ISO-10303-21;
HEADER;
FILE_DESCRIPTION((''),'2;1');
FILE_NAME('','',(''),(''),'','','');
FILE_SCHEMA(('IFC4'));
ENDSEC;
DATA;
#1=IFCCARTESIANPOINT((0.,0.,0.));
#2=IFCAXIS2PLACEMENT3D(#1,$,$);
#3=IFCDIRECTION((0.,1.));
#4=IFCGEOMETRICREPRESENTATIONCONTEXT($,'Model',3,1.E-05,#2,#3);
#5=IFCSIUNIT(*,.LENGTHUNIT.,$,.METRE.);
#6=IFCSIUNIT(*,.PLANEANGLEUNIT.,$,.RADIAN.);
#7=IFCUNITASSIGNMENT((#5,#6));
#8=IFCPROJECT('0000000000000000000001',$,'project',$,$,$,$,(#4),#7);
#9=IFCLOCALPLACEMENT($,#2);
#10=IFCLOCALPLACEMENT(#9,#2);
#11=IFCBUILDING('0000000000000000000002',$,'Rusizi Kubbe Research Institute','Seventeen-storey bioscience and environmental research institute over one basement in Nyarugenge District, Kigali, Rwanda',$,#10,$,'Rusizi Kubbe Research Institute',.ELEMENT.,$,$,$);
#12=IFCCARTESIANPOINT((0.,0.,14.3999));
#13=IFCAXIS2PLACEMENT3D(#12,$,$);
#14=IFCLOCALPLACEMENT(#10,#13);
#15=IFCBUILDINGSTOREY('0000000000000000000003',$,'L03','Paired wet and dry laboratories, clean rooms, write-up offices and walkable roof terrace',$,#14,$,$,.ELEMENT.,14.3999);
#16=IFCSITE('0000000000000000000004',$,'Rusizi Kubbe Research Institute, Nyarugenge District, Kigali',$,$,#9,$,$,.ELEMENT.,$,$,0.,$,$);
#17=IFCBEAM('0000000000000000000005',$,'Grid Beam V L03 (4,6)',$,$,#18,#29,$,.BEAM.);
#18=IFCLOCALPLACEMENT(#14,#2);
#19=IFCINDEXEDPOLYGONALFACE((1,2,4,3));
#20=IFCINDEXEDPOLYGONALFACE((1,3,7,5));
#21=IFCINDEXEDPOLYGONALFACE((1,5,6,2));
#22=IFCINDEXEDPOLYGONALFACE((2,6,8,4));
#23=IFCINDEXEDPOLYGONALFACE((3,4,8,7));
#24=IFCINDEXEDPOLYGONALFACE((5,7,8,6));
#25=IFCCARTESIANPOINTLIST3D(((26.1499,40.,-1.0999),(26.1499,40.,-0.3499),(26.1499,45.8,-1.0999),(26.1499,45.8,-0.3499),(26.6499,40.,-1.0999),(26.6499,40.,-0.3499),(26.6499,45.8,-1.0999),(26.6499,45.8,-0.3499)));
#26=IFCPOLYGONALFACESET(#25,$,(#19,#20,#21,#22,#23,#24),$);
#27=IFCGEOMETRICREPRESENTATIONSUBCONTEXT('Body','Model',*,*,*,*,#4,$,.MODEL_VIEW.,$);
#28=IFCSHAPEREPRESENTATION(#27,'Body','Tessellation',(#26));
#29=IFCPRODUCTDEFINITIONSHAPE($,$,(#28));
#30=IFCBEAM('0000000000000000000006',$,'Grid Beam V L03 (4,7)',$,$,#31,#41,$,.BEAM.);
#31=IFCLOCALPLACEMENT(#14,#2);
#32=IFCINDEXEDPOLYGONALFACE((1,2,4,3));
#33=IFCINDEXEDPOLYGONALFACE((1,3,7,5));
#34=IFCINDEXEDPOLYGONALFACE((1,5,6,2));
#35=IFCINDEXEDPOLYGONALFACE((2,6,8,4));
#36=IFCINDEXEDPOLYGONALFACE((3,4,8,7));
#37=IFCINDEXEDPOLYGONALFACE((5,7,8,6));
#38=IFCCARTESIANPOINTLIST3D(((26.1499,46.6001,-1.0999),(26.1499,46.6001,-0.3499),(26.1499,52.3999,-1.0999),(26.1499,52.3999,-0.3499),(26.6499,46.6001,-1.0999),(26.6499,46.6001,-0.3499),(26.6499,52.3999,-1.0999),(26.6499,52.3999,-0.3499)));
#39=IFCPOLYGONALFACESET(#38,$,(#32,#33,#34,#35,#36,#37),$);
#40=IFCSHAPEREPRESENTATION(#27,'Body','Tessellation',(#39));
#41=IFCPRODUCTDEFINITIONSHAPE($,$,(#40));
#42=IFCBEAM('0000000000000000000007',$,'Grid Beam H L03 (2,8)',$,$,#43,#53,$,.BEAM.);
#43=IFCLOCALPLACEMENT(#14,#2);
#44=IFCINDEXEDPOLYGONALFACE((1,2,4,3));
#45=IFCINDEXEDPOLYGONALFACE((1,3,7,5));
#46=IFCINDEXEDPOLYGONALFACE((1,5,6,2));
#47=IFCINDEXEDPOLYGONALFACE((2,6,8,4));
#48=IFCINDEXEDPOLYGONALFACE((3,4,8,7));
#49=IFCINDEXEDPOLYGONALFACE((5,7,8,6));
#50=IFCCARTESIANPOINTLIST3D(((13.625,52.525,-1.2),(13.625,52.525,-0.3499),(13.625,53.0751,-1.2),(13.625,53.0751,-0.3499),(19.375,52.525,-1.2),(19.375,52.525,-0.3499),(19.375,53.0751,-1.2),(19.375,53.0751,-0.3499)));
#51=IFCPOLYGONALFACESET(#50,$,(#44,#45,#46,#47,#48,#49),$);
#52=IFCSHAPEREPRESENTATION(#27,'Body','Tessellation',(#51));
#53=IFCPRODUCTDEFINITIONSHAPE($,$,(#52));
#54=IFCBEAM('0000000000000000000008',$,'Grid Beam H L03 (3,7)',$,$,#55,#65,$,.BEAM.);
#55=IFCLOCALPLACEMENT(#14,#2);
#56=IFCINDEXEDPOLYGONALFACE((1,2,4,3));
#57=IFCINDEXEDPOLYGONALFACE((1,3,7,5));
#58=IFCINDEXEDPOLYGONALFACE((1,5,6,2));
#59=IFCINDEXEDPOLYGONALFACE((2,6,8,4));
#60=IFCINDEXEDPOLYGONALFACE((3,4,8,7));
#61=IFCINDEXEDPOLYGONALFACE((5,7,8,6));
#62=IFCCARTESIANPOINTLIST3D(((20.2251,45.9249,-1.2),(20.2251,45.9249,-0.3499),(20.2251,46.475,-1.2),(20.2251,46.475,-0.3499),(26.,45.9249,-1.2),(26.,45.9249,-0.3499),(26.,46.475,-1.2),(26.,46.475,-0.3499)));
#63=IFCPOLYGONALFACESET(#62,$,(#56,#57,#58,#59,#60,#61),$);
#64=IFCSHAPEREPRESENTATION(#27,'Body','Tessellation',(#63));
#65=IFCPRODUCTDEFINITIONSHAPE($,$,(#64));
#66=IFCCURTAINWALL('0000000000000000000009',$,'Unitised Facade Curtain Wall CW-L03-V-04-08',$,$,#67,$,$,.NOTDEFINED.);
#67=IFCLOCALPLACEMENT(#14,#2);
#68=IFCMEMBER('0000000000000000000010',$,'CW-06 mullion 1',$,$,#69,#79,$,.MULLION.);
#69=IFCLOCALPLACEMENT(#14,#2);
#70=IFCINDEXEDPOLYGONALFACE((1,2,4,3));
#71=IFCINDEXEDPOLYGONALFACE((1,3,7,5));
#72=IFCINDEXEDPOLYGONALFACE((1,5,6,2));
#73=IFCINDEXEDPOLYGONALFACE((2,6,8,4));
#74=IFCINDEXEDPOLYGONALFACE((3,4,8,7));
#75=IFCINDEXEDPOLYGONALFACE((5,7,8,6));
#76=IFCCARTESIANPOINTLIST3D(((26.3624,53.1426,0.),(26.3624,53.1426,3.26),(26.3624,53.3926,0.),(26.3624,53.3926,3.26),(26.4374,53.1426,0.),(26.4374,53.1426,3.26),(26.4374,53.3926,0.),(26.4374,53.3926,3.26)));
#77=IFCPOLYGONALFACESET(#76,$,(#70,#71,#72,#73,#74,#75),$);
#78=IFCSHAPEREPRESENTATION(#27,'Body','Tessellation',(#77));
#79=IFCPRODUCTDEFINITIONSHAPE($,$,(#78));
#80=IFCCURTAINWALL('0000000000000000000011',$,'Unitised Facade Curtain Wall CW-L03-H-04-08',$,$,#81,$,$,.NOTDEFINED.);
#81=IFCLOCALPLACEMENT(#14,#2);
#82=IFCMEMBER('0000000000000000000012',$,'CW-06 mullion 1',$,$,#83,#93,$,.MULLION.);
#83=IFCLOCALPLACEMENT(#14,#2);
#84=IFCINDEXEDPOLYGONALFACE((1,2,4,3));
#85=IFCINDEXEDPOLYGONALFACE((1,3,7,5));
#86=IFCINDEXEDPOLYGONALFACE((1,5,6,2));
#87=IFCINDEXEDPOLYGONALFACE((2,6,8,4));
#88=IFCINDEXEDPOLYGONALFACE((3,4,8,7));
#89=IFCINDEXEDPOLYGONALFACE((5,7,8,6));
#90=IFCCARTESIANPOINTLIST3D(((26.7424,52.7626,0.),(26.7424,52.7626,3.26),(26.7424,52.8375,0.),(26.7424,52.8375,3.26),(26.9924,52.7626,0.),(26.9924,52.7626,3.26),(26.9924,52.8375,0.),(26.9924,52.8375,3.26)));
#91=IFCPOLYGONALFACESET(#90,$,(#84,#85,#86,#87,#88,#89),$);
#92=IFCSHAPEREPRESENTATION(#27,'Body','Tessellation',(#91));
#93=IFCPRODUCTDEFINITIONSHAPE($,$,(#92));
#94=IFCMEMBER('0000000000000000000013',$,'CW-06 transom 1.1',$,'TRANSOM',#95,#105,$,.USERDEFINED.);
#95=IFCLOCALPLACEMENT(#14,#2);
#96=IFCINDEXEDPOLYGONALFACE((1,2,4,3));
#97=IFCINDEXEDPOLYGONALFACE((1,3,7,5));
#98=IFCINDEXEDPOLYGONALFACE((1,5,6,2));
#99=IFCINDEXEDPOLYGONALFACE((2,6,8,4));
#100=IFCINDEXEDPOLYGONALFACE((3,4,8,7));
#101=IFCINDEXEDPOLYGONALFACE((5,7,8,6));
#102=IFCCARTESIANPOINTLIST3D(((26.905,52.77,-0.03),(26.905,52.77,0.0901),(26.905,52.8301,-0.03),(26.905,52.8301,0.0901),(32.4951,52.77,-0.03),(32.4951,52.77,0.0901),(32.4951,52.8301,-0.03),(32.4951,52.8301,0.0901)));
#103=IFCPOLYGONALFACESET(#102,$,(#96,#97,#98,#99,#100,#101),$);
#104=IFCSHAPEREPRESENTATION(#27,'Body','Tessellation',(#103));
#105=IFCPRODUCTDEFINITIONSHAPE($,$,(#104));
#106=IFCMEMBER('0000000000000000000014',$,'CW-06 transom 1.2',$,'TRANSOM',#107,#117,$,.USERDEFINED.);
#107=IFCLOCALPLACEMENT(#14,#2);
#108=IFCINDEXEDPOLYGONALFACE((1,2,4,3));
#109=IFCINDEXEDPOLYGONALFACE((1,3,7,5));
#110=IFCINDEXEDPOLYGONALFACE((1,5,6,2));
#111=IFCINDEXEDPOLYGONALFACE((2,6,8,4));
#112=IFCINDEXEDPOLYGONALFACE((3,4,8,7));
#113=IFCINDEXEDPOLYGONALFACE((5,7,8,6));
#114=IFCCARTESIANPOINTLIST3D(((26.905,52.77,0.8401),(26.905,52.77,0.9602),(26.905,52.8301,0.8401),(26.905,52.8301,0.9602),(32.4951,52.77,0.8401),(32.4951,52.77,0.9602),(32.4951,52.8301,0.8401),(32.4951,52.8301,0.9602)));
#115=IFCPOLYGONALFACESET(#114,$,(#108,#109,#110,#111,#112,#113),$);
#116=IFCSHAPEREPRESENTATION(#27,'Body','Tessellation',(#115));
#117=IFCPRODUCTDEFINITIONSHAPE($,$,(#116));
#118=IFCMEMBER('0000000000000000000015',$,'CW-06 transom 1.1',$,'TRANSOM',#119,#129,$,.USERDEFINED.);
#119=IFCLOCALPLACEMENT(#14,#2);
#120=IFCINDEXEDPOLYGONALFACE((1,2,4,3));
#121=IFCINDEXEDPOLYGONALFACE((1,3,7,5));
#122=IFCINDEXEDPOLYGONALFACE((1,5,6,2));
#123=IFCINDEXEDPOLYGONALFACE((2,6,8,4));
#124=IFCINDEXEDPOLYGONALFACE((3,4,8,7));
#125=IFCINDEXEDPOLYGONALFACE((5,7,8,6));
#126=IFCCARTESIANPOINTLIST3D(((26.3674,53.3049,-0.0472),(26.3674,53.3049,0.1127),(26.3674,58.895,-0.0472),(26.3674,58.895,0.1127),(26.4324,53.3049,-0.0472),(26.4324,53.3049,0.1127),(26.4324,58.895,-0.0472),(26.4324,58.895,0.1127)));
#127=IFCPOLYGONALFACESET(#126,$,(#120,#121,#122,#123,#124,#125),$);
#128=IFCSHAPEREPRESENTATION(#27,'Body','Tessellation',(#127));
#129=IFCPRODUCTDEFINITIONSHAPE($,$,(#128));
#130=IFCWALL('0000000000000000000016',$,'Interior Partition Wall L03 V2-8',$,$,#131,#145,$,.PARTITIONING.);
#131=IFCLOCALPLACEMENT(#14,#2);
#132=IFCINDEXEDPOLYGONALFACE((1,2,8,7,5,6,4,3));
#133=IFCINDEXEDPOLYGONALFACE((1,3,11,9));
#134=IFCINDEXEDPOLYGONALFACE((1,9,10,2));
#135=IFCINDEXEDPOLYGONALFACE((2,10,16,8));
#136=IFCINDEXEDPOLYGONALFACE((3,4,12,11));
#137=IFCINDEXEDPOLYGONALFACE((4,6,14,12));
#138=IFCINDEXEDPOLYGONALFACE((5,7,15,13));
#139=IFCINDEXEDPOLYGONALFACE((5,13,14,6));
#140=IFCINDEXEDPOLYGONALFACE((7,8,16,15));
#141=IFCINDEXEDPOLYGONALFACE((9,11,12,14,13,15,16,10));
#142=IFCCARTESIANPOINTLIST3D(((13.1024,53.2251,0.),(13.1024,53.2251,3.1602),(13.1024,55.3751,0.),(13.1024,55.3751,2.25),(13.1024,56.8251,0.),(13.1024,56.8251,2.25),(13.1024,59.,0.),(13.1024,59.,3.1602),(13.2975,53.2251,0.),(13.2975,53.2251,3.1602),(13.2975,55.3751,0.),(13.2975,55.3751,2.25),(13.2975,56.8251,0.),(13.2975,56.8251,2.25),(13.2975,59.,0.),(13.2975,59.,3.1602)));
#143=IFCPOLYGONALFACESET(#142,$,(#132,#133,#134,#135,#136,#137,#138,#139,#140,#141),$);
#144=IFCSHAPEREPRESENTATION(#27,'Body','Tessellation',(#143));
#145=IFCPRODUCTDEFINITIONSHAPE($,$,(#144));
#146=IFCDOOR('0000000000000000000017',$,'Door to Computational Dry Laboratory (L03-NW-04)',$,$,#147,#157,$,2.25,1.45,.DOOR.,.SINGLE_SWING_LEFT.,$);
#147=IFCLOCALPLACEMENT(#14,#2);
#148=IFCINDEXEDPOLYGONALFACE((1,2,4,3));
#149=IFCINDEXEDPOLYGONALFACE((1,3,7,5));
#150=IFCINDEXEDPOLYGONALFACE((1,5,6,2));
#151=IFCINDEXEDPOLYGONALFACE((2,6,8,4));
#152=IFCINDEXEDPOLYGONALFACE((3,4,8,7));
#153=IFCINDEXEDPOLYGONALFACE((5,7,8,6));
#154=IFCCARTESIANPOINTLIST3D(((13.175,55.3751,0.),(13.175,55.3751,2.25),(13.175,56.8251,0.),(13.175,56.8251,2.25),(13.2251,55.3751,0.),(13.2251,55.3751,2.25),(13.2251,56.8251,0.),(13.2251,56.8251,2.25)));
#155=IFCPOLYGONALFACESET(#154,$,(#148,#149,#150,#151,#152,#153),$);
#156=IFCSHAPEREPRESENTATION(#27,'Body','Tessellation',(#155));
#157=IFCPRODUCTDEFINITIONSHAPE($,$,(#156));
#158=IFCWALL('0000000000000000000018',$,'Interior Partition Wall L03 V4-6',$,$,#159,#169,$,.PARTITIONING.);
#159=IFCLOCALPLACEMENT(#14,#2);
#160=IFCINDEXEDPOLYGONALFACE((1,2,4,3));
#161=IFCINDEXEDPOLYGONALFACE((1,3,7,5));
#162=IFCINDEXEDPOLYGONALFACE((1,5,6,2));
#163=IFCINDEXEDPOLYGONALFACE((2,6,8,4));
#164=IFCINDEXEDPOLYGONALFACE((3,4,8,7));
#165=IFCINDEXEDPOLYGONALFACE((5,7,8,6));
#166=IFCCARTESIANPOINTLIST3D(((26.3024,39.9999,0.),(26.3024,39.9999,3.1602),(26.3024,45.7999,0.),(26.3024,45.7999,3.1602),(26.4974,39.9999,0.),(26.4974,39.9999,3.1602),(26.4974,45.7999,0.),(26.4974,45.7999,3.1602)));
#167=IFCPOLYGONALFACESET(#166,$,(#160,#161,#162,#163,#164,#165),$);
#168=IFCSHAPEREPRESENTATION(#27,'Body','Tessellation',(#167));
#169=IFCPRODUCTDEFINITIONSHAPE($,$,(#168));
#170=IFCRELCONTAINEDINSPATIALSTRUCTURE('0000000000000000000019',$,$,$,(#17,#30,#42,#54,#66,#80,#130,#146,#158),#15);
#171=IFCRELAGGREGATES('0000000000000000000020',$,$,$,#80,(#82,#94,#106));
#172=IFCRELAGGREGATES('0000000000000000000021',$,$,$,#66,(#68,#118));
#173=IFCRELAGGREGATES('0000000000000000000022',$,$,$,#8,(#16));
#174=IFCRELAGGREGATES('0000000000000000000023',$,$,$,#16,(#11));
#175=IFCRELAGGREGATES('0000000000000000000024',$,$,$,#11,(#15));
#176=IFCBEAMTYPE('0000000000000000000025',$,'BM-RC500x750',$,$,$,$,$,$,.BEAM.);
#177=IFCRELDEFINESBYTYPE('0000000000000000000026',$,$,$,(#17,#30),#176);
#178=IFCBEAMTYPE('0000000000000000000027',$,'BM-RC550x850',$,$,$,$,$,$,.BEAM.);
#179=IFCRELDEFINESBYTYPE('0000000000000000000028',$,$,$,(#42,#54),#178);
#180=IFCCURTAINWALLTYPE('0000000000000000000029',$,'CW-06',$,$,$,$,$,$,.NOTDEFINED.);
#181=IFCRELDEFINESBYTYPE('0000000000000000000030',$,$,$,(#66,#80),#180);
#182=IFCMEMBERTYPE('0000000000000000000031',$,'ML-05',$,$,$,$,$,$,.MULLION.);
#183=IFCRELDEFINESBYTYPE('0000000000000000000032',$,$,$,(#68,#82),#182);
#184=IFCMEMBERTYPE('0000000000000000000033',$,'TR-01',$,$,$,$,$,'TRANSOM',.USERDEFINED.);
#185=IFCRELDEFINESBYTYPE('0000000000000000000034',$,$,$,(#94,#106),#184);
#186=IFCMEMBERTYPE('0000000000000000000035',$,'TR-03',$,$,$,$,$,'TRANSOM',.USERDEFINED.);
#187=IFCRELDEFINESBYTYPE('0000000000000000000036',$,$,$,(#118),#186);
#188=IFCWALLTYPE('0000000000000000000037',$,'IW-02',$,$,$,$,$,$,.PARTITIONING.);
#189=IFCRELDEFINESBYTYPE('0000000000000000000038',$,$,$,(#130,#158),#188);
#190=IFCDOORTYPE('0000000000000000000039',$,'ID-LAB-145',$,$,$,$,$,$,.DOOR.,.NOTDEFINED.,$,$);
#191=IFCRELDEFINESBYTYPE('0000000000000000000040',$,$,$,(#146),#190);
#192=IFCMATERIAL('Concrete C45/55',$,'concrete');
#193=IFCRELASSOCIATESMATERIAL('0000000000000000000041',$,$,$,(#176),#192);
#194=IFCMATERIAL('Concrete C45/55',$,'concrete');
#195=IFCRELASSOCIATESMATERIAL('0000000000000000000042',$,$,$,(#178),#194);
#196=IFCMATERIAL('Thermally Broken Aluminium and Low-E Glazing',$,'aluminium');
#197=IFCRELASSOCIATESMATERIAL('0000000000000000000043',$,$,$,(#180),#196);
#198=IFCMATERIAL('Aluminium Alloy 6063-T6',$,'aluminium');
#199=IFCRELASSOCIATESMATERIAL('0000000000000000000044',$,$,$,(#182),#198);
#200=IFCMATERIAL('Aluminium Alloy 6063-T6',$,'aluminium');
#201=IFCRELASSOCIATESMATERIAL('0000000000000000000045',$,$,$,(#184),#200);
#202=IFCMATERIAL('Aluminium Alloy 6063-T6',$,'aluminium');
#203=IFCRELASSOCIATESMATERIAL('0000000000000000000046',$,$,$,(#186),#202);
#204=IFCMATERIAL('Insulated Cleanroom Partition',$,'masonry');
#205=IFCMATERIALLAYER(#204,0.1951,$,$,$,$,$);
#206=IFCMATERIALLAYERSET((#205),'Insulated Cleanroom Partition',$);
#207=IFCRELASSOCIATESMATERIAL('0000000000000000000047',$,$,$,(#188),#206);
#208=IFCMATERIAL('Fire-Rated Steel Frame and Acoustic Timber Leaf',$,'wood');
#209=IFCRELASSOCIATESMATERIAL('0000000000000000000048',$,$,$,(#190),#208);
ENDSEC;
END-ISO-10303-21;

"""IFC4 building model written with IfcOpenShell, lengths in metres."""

from ifc_helpers import new_model, si_unit, direction, frame, frame_2d, origin, origin_2d, place, context, subcontext, project, spatial, rectangle, extrude, material, layer, layer_set, material_profile, profile_set, type_object, element, fill, aggregate, save


model = new_model("IFC4")

# Units and contexts
model_context = context("Model", 3, precision=1e-05, world=origin(), true_north=direction((0.0, 1.0)))
body_context = subcontext(model_context, "Body", "Model", "MODEL_VIEW")
ifc_project = project(units=[si_unit("LENGTHUNIT", "METRE"), si_unit("PLANEANGLEUNIT", "RADIAN")], contexts=[model_context])

# Site, building, storey
site_placement = place(None, origin())
site = spatial("IfcSite", under=ifc_project, at=site_placement, Name="Rusizi Kubbe Research Institute, Nyarugenge District, Kigali", CompositionType="ELEMENT", RefElevation=0.0)
building_placement = place(site_placement, origin())
building = spatial("IfcBuilding", under=site, at=building_placement, Name="Rusizi Kubbe Research Institute", Description="Seventeen-storey bioscience and environmental research institute over one basement in Nyarugenge District, Kigali, Rwanda", LongName="Rusizi Kubbe Research Institute", CompositionType="ELEMENT")
storey_placement = place(building_placement, frame((0.0, 0.0, 14.3999)))
storey = spatial("IfcBuildingStorey", under=building, at=storey_placement, Name="L03", Description="Paired wet and dry laboratories, clean rooms, write-up offices and walkable roof terrace", CompositionType="ELEMENT", Elevation=14.3999)

# Beams
ifc_material_1 = material(Name="Concrete C45/55", Category="concrete")
ifc_material_profile_1 = material_profile(ifc_material_1, rectangle(XDim=0.5, YDim=0.75, at=origin_2d()), Name="RC500x750B")
ifc_profile_set_1 = profile_set([ifc_material_profile_1], Name="Concrete C45/55")
beam_type_1 = type_object("IfcBeamType", Name="BM-RC500x750", PredefinedType="BEAM", material=ifc_profile_set_1)
beam_1_placement = place(storey_placement, frame((26.3999, 40.0, -0.7249), z_axis=(0.0, 1.0, 0.0), x_axis=(-1.0, 0.0, 0.0)))
element("IfcBeam", 1, at=beam_1_placement, inside=storey, type_object=beam_type_1, Name="Grid Beam V L03 (4,6)", PredefinedType="BEAM", context=body_context, shape_type="SweptSolid", body=[
    extrude(rectangle(XDim=0.5, YDim=0.75, at=origin_2d()), origin(), (0.0, 0.0, 1.0), 5.8),
])
beam_2_placement = place(storey_placement, frame((26.3999, 46.6001, -0.7249), z_axis=(0.0, 1.0, 0.0), x_axis=(-1.0, 0.0, 0.0)))
element("IfcBeam", 2, at=beam_2_placement, inside=storey, type_object=beam_type_1, Name="Grid Beam V L03 (4,7)", PredefinedType="BEAM", context=body_context, shape_type="SweptSolid", body=[
    extrude(rectangle(XDim=0.5, YDim=0.75, at=origin_2d()), origin(), (0.0, 0.0, 1.0), 5.7998),
])
ifc_material_2 = material(Name="Concrete C45/55", Category="concrete")
ifc_material_profile_2 = material_profile(ifc_material_2, rectangle(XDim=0.55, YDim=0.8501, at=origin_2d()), Name="RC550x850")
ifc_profile_set_2 = profile_set([ifc_material_profile_2], Name="Concrete C45/55")
beam_type_2 = type_object("IfcBeamType", Name="BM-RC550x850", PredefinedType="BEAM", material=ifc_profile_set_2)
beam_3_placement = place(storey_placement, frame((13.625, 52.8, -0.7749), z_axis=(1.0, 0.0, 0.0), x_axis=(0.0, 1.0, 0.0)))
element("IfcBeam", 3, at=beam_3_placement, inside=storey, type_object=beam_type_2, Name="Grid Beam H L03 (2,8)", PredefinedType="BEAM", context=body_context, shape_type="SweptSolid", body=[
    extrude(rectangle(XDim=0.55, YDim=0.8501, at=origin_2d()), origin(), (0.0, 0.0, 1.0), 5.75),
])
beam_4_placement = place(storey_placement, frame((20.2251, 46.2, -0.7749), z_axis=(1.0, 0.0, 0.0), x_axis=(0.0, 1.0, 0.0)))
element("IfcBeam", 4, at=beam_4_placement, inside=storey, type_object=beam_type_2, Name="Grid Beam H L03 (3,7)", PredefinedType="BEAM", context=body_context, shape_type="SweptSolid", body=[
    extrude(rectangle(XDim=0.55, YDim=0.8501, at=origin_2d()), origin(), (0.0, 0.0, 1.0), 5.7749),
])

# Curtain wall, member
ifc_material_3 = material(Name="Thermally Broken Aluminium and Low-E Glazing", Category="aluminium")
curtain_wall_type = type_object("IfcCurtainWallType", Name="CW-06", PredefinedType="NOTDEFINED", material=ifc_material_3)
curtain_wall_1_placement = place(storey_placement, origin())
curtain_wall_1 = element("IfcCurtainWall", 5, at=curtain_wall_1_placement, inside=storey, type_object=curtain_wall_type, Name="Unitised Facade Curtain Wall CW-L03-V-04-08", PredefinedType="NOTDEFINED")
ifc_material_4 = material(Name="Aluminium Alloy 6063-T6", Category="aluminium")
ifc_material_profile_3 = material_profile(ifc_material_4, rectangle(XDim=0.075, YDim=0.25, at=origin_2d()), Name="ALU-M 75x250")
ifc_profile_set_3 = profile_set([ifc_material_profile_3], Name="Aluminium Alloy 6063-T6")
member_type_1 = type_object("IfcMemberType", Name="ML-05", PredefinedType="MULLION", material=ifc_profile_set_3)
member_1_placement = place(storey_placement, frame((26.3999, 53.2676, 0.0), z_axis=(0.0, 0.0, 1.0), x_axis=(-1.0, 0.0, 0.0)))
member_1 = element("IfcMember", 6, at=member_1_placement, type_object=member_type_1, Name="CW-06 mullion 1", PredefinedType="MULLION", context=body_context, shape_type="SweptSolid", body=[
    extrude(rectangle(XDim=0.075, YDim=0.25, at=origin_2d()), origin(), (0.0, 0.0, 1.0), 3.26),
])

# Curtain wall, members
curtain_wall_2_placement = place(storey_placement, origin())
curtain_wall_2 = element("IfcCurtainWall", 7, at=curtain_wall_2_placement, inside=storey, type_object=curtain_wall_type, Name="Unitised Facade Curtain Wall CW-L03-H-04-08", PredefinedType="NOTDEFINED")
member_2_placement = place(storey_placement, frame((26.8674, 52.8, 0.0), z_axis=(0.0, 0.0, 1.0), x_axis=(0.0, 1.0, 0.0)))
member_2 = element("IfcMember", 8, at=member_2_placement, type_object=member_type_1, Name="CW-06 mullion 1", PredefinedType="MULLION", context=body_context, shape_type="SweptSolid", body=[
    extrude(rectangle(XDim=0.075, YDim=0.25, at=origin_2d()), origin(), (0.0, 0.0, 1.0), 3.26),
])
ifc_material_5 = material(Name="Aluminium Alloy 6063-T6", Category="aluminium")
ifc_material_profile_4 = material_profile(ifc_material_5, rectangle(XDim=0.0601, YDim=0.1201, at=origin_2d()), Name="ALU-T 60x120")
ifc_profile_set_4 = profile_set([ifc_material_profile_4], Name="Aluminium Alloy 6063-T6")
member_type_2 = type_object("IfcMemberType", Name="TR-01", ElementType="TRANSOM", PredefinedType="USERDEFINED", material=ifc_profile_set_4)
member_3_placement = place(storey_placement, frame((26.905, 52.8, 0.03), z_axis=(1.0, 0.0, 0.0), x_axis=(0.0, 1.0, 0.0)))
member_3 = element("IfcMember", 9, at=member_3_placement, type_object=member_type_2, Name="CW-06 transom 1.1", ObjectType="TRANSOM", PredefinedType="USERDEFINED", context=body_context, shape_type="SweptSolid", body=[
    extrude(rectangle(XDim=0.0601, YDim=0.1201, at=origin_2d()), origin(), (0.0, 0.0, 1.0), 5.5901),
])
member_4_placement = place(storey_placement, frame((26.905, 52.8, 0.9001), z_axis=(1.0, 0.0, 0.0), x_axis=(0.0, 1.0, 0.0)))
member_4 = element("IfcMember", 10, at=member_4_placement, type_object=member_type_2, Name="CW-06 transom 1.2", ObjectType="TRANSOM", PredefinedType="USERDEFINED", context=body_context, shape_type="SweptSolid", body=[
    extrude(rectangle(XDim=0.0601, YDim=0.1201, at=origin_2d()), origin(), (0.0, 0.0, 1.0), 5.5901),
])
aggregate(curtain_wall_2, [member_2, member_3, member_4])

# Member
ifc_material_6 = material(Name="Aluminium Alloy 6063-T6", Category="aluminium")
ifc_material_profile_5 = material_profile(ifc_material_6, rectangle(XDim=0.0649, YDim=0.1599, at=origin_2d()), Name="ALU-T 65x160")
ifc_profile_set_5 = profile_set([ifc_material_profile_5], Name="Aluminium Alloy 6063-T6")
member_type_3 = type_object("IfcMemberType", Name="TR-03", ElementType="TRANSOM", PredefinedType="USERDEFINED", material=ifc_profile_set_5)
member_5_placement = place(storey_placement, frame((26.3999, 53.3049, 0.0327), z_axis=(0.0, 1.0, 0.0), x_axis=(-1.0, 0.0, 0.0)))
member_5 = element("IfcMember", 11, at=member_5_placement, type_object=member_type_3, Name="CW-06 transom 1.1", ObjectType="TRANSOM", PredefinedType="USERDEFINED", context=body_context, shape_type="SweptSolid", body=[
    extrude(rectangle(XDim=0.0649, YDim=0.1599, at=origin_2d()), origin(), (0.0, 0.0, 1.0), 5.5901),
])
aggregate(curtain_wall_1, [member_1, member_5])

# Wall, opening, door
ifc_material_7 = material(Name="Insulated Cleanroom Partition", Category="masonry")
ifc_layer_1 = layer(ifc_material_7, 0.1951)
ifc_layer_set_1 = layer_set([ifc_layer_1], Name="Insulated Cleanroom Partition")
wall_type_1 = type_object("IfcWallType", Name="IW-02", PredefinedType="PARTITIONING", material=ifc_layer_set_1)
wall_1_placement = place(storey_placement, frame((13.2, 53.2251, 0.0), z_axis=(0.0, 0.0, 1.0), x_axis=(0.0, 1.0, 0.0)))
wall_1 = element("IfcWall", 12, at=wall_1_placement, inside=storey, type_object=wall_type_1, Name="Interior Partition Wall L03 V2-8", PredefinedType="PARTITIONING", context=body_context, shape_type="SweptSolid", body=[
    extrude(rectangle(XDim=5.7749, YDim=0.1951, at=frame_2d((2.8875, 0.0))), origin(), (0.0, 0.0, 1.0), 3.1602),
])
opening_placement = place(wall_1_placement, frame((2.1499, 0.0, 0.0)))
opening = element("IfcOpeningElement", 13, at=opening_placement, cuts=wall_1, PredefinedType="OPENING", context=body_context, shape_type="SweptSolid", body=[
    extrude(rectangle(XDim=1.45, YDim=2.25, at=frame_2d((0.7251, 1.125))), frame((0.0, 0.1074, 0.0), z_axis=(0.0, -1.0, 0.0), x_axis=(1.0, 0.0, 0.0)), (0.0, 0.0, 1.0), 0.2151),
])
ifc_material_8 = material(Name="Fire-Rated Steel Frame and Acoustic Timber Leaf", Category="wood")
door_type = type_object("IfcDoorType", Name="ID-LAB-145", OperationType="NOTDEFINED", PredefinedType="DOOR", material=ifc_material_8)
door_placement = place(opening_placement, origin())
door = element("IfcDoor", 14, at=door_placement, inside=storey, type_object=door_type, Name="Door to Computational Dry Laboratory (L03-NW-04)", OperationType="SINGLE_SWING_LEFT", OverallHeight=2.25, OverallWidth=1.45, PredefinedType="DOOR", context=body_context, shape_type="SweptSolid", body=[
    extrude(rectangle(XDim=1.45, YDim=2.25, at=frame_2d((0.7251, 1.125))), frame((0.0, 0.0249, 0.0), z_axis=(0.0, -1.0, 0.0), x_axis=(1.0, 0.0, 0.0)), (0.0, 0.0, 1.0), 0.05),
])
fill(opening, door)

# Wall
wall_2_placement = place(storey_placement, frame((26.3999, 40.0, 0.0), z_axis=(0.0, 0.0, 1.0), x_axis=(0.0, 1.0, 0.0)))
element("IfcWall", 15, at=wall_2_placement, inside=storey, type_object=wall_type_1, Name="Interior Partition Wall L03 V4-6", PredefinedType="PARTITIONING", context=body_context, shape_type="SweptSolid", body=[
    extrude(rectangle(XDim=5.8, YDim=0.1951, at=frame_2d((2.8999, 0.0))), origin(), (0.0, 0.0, 1.0), 3.1602),
])

save(model, "model.ifc")
